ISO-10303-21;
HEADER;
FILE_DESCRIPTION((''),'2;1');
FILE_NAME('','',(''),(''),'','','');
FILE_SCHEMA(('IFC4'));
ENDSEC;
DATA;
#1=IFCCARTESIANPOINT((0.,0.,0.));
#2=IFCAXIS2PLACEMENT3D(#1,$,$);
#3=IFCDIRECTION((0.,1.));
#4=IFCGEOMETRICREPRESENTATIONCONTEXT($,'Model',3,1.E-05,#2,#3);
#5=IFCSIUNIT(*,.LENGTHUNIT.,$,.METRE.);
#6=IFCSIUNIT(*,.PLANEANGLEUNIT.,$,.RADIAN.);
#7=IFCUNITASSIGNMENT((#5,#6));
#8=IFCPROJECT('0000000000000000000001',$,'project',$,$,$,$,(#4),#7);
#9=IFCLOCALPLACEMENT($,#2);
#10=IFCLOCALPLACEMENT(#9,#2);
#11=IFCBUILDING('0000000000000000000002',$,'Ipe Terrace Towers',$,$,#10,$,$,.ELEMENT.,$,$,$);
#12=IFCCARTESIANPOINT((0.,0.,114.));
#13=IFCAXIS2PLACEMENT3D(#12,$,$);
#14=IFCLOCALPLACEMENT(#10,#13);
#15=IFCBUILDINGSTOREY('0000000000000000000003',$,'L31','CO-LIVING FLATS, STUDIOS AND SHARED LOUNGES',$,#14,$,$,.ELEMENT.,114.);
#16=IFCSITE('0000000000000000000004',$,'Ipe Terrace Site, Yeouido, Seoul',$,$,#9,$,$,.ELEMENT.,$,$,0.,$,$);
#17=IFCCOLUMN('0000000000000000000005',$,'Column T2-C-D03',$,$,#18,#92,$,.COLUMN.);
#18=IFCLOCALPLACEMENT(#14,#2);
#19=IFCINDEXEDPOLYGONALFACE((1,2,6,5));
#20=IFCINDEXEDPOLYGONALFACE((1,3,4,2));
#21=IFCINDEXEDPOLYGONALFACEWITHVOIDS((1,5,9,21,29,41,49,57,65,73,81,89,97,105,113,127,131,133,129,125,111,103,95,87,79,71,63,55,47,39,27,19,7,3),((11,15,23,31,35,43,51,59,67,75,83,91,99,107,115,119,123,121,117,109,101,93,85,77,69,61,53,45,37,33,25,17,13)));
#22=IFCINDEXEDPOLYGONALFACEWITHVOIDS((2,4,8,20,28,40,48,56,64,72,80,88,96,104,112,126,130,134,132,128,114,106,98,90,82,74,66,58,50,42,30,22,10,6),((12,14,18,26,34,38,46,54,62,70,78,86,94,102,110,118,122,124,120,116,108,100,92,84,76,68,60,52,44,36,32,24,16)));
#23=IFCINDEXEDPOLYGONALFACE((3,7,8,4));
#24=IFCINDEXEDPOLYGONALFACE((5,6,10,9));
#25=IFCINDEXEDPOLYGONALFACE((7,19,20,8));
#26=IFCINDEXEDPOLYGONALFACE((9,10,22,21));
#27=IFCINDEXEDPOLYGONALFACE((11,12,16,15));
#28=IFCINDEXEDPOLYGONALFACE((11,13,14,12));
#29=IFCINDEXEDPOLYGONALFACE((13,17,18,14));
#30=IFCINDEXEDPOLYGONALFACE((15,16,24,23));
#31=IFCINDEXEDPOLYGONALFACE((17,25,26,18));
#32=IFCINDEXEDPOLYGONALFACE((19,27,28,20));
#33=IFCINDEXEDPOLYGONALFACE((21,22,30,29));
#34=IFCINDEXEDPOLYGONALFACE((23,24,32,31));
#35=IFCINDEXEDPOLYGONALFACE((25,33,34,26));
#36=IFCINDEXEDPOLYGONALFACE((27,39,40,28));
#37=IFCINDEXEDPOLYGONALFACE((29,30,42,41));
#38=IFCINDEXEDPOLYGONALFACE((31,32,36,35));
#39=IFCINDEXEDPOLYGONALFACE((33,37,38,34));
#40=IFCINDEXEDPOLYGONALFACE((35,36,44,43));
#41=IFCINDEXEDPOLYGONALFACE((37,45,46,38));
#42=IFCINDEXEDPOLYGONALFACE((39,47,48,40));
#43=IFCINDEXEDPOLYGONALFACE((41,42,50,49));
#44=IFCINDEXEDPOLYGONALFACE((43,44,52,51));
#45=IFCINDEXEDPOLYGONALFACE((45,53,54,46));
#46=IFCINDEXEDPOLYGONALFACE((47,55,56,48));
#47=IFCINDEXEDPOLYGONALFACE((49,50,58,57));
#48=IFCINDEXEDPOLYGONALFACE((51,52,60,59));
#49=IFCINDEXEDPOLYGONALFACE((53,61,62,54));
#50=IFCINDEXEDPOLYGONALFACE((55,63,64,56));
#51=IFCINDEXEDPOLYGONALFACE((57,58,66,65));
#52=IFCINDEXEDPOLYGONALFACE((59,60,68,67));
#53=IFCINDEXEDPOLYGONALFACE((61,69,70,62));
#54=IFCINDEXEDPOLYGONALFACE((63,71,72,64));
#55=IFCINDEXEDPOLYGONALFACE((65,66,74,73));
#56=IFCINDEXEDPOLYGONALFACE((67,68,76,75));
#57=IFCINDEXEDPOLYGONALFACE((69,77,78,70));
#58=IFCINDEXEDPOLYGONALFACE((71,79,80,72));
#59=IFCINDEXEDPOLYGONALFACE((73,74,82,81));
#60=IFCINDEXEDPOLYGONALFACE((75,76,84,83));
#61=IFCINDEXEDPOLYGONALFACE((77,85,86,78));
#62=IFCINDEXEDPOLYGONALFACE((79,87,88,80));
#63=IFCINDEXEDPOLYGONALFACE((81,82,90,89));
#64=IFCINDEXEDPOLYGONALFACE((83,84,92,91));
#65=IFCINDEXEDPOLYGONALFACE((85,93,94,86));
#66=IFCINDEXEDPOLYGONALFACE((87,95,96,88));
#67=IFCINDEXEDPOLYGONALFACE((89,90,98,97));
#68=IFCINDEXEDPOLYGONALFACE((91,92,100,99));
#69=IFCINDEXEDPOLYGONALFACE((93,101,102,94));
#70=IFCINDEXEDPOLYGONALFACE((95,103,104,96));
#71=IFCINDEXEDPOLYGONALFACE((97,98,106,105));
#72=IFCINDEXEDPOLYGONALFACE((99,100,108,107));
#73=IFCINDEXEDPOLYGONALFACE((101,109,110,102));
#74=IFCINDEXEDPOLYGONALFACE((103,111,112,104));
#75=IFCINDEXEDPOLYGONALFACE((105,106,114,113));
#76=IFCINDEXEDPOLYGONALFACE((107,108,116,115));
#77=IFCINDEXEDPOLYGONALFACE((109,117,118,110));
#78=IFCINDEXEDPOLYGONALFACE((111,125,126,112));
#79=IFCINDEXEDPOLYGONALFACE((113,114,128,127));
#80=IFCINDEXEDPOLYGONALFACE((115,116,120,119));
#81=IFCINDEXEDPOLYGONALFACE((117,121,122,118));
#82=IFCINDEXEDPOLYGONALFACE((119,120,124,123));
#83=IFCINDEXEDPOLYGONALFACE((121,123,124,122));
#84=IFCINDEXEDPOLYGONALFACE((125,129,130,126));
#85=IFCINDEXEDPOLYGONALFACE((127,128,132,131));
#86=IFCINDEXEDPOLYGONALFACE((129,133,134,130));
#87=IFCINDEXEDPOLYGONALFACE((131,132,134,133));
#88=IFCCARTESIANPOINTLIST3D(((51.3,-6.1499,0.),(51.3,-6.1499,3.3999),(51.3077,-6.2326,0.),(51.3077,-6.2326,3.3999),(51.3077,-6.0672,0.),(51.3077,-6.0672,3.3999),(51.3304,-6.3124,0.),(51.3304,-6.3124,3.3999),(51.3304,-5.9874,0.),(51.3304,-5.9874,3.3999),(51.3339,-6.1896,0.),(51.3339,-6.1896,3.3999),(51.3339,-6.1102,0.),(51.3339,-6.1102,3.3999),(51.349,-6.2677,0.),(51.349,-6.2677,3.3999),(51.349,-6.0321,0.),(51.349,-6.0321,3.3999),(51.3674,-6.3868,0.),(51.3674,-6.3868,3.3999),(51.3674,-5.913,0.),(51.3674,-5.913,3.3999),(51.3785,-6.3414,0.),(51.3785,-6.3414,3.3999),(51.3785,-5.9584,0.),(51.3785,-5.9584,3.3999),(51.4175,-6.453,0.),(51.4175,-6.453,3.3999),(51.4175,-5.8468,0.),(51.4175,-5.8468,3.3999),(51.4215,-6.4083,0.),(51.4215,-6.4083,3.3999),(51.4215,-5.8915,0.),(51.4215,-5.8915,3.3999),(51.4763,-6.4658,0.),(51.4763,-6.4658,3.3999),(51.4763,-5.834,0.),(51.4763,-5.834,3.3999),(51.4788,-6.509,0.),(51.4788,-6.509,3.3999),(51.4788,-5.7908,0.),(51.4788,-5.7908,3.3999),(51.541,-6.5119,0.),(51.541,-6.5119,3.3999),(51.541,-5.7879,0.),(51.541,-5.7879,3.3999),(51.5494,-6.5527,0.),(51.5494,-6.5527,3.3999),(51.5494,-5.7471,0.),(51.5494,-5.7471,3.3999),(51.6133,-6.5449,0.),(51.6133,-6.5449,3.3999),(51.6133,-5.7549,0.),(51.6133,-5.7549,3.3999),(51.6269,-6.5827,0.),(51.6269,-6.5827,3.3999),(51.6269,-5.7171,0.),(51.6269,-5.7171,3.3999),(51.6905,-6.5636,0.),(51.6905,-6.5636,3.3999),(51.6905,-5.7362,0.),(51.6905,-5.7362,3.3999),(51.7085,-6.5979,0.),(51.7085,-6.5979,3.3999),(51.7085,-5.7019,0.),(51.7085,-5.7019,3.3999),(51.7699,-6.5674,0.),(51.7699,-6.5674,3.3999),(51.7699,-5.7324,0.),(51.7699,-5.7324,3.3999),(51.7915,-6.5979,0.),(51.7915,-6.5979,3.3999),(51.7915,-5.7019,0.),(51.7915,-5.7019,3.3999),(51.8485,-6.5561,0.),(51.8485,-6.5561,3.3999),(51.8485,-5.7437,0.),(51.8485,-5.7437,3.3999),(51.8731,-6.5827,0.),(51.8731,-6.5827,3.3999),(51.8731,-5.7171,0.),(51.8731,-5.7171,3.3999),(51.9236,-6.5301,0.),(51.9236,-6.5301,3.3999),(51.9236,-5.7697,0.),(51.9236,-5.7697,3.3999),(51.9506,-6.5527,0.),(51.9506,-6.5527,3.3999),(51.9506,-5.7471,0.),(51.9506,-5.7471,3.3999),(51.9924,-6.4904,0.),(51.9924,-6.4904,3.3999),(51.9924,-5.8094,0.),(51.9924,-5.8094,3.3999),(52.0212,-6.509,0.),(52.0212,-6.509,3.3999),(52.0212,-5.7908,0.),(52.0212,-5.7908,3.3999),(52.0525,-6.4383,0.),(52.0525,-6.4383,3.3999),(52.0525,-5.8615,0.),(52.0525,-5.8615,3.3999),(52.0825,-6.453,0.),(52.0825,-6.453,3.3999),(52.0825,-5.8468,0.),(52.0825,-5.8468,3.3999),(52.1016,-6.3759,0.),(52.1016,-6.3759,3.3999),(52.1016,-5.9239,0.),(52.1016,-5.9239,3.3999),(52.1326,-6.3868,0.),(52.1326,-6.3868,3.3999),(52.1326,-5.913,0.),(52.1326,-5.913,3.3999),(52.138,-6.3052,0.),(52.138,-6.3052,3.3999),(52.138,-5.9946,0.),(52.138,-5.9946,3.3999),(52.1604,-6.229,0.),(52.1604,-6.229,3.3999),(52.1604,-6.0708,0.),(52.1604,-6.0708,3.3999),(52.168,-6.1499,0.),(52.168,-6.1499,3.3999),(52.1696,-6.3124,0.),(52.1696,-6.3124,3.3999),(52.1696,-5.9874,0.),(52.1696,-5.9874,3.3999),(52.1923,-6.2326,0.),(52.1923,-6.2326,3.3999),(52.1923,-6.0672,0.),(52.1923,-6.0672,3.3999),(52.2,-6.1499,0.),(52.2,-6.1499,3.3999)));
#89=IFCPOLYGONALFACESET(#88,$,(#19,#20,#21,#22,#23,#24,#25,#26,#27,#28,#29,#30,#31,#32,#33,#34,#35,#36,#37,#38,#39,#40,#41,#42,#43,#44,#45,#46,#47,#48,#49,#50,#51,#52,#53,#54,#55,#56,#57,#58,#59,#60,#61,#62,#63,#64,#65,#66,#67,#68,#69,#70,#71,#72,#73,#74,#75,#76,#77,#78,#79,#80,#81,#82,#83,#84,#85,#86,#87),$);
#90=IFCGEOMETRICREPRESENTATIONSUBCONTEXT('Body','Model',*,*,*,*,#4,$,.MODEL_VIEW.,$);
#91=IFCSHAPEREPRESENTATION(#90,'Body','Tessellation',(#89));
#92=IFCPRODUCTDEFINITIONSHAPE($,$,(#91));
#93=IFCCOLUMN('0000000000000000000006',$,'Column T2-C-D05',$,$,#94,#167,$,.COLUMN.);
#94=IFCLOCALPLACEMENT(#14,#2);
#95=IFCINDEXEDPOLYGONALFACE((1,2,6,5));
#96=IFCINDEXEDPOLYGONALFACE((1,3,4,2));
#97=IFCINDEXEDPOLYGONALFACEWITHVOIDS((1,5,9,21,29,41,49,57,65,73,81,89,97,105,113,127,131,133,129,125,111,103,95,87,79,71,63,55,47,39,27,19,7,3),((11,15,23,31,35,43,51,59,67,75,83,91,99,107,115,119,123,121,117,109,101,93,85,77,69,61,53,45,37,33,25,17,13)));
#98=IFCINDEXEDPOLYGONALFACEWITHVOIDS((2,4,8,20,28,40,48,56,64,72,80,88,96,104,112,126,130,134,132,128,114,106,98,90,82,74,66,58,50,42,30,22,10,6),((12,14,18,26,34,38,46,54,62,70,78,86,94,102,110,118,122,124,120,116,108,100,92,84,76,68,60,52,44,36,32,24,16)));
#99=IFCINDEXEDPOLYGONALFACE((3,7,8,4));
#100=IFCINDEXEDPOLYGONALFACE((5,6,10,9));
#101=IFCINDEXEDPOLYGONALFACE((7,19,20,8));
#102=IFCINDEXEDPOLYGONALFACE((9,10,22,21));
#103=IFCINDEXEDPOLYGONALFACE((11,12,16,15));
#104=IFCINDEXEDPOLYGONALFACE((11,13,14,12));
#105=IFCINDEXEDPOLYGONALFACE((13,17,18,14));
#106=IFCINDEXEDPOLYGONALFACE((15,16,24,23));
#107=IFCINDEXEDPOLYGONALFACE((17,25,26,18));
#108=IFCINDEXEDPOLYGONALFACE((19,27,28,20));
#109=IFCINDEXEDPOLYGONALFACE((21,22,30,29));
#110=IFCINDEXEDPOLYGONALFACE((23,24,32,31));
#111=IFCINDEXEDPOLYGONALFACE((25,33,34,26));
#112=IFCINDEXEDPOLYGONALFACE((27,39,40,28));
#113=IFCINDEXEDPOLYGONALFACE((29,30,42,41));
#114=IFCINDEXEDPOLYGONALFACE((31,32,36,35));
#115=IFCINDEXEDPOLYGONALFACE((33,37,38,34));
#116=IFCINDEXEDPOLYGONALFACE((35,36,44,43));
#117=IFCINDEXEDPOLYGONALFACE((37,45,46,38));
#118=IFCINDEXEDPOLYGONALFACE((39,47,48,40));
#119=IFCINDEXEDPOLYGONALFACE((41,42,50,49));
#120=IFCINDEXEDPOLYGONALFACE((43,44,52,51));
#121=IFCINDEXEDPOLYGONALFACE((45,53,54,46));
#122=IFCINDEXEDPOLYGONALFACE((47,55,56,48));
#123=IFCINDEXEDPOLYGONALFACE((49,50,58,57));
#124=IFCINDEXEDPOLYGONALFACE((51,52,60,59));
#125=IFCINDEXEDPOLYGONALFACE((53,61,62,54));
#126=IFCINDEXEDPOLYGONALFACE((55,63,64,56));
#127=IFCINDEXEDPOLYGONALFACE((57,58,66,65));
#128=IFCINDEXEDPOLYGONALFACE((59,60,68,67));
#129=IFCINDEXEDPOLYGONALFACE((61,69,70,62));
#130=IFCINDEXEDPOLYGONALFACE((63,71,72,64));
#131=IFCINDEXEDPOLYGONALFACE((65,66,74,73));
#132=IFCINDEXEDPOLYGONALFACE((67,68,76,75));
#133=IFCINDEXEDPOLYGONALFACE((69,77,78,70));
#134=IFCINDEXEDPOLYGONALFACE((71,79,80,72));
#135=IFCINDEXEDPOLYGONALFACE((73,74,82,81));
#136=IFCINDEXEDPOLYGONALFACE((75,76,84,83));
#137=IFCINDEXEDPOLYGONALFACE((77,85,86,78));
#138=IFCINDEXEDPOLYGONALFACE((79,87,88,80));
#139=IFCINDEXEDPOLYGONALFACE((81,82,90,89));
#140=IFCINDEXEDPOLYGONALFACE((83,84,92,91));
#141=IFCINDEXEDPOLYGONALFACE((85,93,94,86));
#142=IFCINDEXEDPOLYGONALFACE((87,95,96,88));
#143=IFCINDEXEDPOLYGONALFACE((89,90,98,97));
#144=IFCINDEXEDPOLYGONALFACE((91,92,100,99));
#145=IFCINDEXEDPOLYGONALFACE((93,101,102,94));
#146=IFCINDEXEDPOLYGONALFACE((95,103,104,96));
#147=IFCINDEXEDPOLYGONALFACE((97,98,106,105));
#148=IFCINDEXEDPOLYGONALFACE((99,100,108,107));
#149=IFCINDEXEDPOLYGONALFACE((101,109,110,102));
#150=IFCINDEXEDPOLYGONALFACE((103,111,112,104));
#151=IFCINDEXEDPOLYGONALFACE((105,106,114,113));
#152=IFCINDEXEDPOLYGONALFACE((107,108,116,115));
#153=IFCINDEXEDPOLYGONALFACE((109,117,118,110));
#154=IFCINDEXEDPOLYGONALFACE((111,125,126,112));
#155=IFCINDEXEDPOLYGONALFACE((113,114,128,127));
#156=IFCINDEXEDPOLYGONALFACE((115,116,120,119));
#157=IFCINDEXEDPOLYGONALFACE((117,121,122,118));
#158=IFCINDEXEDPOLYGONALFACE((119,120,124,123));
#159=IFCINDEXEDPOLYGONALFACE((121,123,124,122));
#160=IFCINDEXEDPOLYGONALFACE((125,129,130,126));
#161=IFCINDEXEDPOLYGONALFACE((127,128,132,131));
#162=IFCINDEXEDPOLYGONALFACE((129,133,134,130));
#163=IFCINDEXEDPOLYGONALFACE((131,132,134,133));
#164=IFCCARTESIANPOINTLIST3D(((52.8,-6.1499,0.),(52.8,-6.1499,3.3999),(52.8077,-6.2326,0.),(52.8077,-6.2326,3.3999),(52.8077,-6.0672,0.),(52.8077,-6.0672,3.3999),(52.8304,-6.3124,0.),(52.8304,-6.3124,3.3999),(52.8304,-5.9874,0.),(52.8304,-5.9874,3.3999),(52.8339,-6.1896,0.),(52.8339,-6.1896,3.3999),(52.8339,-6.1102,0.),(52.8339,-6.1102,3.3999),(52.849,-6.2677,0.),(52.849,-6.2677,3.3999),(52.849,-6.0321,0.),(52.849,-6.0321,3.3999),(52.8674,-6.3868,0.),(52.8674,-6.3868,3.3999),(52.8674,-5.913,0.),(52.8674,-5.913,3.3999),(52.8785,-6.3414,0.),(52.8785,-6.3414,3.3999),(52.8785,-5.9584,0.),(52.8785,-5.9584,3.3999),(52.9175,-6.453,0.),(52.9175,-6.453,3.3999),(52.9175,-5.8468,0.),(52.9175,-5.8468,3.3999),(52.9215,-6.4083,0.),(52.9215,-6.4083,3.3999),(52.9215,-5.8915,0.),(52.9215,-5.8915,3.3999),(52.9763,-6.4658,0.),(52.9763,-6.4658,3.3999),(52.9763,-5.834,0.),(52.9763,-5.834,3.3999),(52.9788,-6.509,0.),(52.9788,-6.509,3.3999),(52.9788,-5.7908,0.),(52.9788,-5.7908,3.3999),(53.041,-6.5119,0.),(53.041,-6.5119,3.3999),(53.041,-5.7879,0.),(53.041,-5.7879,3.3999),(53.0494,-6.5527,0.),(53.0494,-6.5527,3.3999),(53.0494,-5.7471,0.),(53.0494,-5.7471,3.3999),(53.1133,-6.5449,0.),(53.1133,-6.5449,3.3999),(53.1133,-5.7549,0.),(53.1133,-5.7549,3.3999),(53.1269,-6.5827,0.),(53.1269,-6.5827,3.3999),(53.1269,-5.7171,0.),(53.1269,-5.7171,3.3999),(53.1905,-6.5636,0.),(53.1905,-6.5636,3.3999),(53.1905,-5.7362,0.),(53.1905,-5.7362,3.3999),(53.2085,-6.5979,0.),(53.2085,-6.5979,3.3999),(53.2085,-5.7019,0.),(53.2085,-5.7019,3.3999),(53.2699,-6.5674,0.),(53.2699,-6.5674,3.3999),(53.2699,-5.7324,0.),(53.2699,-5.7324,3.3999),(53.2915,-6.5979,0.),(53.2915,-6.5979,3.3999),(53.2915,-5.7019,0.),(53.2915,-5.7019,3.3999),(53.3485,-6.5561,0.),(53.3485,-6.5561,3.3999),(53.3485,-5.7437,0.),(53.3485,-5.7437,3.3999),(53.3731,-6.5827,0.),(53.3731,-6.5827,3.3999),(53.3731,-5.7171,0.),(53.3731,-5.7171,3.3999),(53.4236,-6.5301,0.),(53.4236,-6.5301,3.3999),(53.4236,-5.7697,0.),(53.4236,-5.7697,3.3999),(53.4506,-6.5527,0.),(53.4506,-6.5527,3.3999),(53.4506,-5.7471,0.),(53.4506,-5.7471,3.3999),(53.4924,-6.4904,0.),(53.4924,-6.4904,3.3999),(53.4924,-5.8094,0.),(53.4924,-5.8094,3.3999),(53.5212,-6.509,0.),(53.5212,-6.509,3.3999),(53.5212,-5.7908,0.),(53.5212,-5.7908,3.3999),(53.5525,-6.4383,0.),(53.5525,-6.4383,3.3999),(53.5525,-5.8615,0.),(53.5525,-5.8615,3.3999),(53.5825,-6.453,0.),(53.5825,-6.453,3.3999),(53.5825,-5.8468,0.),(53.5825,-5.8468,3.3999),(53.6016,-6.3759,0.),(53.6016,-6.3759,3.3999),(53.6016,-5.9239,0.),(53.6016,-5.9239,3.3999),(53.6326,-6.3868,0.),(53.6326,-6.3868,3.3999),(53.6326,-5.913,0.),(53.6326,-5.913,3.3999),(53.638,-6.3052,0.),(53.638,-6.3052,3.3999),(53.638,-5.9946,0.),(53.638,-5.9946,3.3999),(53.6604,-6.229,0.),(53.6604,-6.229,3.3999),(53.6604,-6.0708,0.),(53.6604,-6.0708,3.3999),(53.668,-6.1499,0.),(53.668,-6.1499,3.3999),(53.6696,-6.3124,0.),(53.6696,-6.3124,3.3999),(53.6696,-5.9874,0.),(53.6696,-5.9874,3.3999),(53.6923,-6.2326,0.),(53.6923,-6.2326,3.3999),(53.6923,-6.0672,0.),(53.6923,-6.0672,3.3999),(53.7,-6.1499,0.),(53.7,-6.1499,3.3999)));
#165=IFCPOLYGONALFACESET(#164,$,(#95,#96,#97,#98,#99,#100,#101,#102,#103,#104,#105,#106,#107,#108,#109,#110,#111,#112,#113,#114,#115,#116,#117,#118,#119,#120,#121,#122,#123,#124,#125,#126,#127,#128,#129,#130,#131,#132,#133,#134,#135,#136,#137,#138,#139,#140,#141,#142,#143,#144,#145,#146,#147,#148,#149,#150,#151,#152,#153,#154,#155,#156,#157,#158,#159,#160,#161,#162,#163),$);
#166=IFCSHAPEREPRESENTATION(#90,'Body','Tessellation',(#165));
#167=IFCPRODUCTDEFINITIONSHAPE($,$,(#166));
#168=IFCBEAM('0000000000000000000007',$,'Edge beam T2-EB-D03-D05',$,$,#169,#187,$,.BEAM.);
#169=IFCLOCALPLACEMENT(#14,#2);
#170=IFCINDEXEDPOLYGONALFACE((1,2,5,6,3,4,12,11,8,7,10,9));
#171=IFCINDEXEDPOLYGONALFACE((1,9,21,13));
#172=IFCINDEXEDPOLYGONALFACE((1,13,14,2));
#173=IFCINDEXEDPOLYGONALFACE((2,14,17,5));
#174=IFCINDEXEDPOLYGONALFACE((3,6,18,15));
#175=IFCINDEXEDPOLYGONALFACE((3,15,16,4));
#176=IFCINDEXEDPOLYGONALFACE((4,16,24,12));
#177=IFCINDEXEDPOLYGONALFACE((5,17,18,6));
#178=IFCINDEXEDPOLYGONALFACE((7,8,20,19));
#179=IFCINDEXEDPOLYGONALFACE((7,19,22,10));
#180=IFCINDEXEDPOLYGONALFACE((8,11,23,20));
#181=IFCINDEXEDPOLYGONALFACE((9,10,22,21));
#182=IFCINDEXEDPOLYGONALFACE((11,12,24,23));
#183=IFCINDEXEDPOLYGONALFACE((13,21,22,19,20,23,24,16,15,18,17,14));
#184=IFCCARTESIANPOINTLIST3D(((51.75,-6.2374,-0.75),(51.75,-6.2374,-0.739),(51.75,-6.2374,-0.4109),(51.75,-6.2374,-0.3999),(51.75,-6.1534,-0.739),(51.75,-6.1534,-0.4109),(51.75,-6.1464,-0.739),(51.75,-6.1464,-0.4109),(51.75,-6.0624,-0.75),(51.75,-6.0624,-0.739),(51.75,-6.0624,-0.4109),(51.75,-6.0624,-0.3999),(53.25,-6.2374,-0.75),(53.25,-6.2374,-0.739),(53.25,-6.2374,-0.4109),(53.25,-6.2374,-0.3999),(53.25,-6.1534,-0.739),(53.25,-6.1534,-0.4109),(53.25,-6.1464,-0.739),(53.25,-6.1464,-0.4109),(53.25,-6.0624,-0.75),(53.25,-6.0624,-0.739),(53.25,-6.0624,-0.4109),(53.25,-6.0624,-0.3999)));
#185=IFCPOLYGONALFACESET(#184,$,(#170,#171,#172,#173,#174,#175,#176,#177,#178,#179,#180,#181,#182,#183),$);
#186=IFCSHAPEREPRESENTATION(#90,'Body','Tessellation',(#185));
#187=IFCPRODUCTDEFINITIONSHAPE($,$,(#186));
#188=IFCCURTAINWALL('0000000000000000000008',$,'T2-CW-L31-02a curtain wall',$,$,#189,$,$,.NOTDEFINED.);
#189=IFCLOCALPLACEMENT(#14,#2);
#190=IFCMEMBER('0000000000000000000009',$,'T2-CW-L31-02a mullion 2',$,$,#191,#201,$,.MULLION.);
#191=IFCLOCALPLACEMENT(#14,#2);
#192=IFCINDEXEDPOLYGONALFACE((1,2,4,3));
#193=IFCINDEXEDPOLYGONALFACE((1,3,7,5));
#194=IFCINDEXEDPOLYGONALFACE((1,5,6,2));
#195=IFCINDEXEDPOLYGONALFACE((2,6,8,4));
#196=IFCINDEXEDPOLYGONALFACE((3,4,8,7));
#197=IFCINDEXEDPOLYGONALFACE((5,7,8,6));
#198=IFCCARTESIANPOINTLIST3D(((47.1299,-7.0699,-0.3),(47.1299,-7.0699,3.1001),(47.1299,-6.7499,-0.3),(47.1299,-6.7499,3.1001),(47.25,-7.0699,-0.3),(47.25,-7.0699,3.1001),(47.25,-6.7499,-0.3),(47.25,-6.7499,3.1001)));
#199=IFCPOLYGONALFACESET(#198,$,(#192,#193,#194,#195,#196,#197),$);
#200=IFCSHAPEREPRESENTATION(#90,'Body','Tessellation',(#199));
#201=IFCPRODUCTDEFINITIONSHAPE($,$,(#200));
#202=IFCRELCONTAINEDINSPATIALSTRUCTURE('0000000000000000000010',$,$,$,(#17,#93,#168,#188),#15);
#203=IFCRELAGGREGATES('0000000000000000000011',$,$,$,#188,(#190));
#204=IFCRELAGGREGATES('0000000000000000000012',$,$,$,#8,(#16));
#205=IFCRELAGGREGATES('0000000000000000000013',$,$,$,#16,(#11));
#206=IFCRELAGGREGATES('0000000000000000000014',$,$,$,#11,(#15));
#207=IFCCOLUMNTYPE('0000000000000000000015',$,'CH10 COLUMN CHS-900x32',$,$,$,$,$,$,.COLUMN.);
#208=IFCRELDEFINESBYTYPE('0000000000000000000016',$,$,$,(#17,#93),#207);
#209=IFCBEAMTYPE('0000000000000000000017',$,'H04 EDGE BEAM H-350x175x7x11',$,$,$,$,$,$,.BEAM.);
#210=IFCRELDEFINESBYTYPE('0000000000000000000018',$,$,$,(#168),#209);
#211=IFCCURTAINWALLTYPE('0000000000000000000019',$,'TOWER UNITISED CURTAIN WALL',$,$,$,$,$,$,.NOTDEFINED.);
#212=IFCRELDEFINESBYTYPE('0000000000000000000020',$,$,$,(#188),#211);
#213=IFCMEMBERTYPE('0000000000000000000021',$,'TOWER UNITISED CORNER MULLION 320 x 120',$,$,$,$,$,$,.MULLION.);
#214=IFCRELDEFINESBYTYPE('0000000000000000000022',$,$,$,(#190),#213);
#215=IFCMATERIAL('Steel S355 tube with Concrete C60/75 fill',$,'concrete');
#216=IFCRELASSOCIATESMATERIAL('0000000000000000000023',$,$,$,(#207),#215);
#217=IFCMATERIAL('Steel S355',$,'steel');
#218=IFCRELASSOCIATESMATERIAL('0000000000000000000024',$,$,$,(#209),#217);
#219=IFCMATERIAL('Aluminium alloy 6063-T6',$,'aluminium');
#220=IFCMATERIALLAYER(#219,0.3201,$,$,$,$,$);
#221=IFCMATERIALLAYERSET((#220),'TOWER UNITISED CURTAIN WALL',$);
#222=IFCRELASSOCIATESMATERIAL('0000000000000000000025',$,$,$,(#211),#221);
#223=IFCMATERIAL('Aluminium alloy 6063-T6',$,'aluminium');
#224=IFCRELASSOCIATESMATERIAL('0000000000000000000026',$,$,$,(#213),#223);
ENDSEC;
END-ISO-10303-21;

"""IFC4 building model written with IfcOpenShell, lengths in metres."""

from ifc_helpers import new_model, si_unit, direction, frame, origin, origin_2d, place, context, subcontext, project, spatial, rectangle, hollow_circle, i_section, extrude, material, layer, layer_set, material_profile, profile_set, type_object, element, aggregate, save


model = new_model("IFC4")

# Units and contexts
model_context = context("Model", 3, precision=1e-05, world=origin(), true_north=direction((0.0, 1.0)))
body_context = subcontext(model_context, "Body", "Model", "MODEL_VIEW")
ifc_project = project(units=[si_unit("LENGTHUNIT", "METRE"), si_unit("PLANEANGLEUNIT", "RADIAN")], contexts=[model_context])

# Site, building, storey
site_placement = place(None, origin())
site = spatial("IfcSite", under=ifc_project, at=site_placement, Name="Ipe Terrace Site, Yeouido, Seoul", CompositionType="ELEMENT", RefElevation=0.0)
building_placement = place(site_placement, origin())
building = spatial("IfcBuilding", under=site, at=building_placement, Name="Ipe Terrace Towers", CompositionType="ELEMENT")
storey_placement = place(building_placement, frame((0.0, 0.0, 114.0)))
storey = spatial("IfcBuildingStorey", under=building, at=storey_placement, Name="L31", Description="CO-LIVING FLATS, STUDIOS AND SHARED LOUNGES", CompositionType="ELEMENT", Elevation=114.0)

# Columns
ifc_material_1 = material(Name="Steel S355 tube with Concrete C60/75 fill", Category="concrete")
ifc_material_profile_1 = material_profile(ifc_material_1, hollow_circle(Radius=0.45, WallThickness=0.032, at=origin_2d()), Name="CHS-900x32")
ifc_profile_set_1 = profile_set([ifc_material_profile_1], Name="Steel S355 tube with Concrete C60/75 fill")
column_type = type_object("IfcColumnType", Name="CH10 COLUMN CHS-900x32", PredefinedType="COLUMN", material=ifc_profile_set_1)
for number, where, z_axis, x_axis, name in (
    (1, (51.75, -6.1499, 0.0), (0.0, 0.0, 1.0), (1.0, 0.0, 0.0), "Column T2-C-D03"),
    (2, (53.25, -6.1499, 0.0), (0.0, 0.0, 1.0), (1.0, 0.0, 0.0), "Column T2-C-D05"),
):
    element("IfcColumn", number, at=place(storey_placement, frame(where, z_axis=z_axis, x_axis=x_axis)), inside=storey, type_object=column_type, Name=name, PredefinedType="COLUMN", context=body_context, shape_type="SweptSolid", body=[
        extrude(hollow_circle(Radius=0.45, WallThickness=0.032, at=origin_2d()), origin(), (0.0, 0.0, 1.0), 3.3999),
    ])

# Beam
ifc_material_2 = material(Name="Steel S355", Category="steel")
ifc_material_profile_2 = material_profile(ifc_material_2, i_section(OverallWidth=0.175, OverallDepth=0.3501, WebThickness=0.0071, FlangeThickness=0.011, at=origin_2d()), Name="H-350x175x7x11")
ifc_profile_set_2 = profile_set([ifc_material_profile_2], Name="Steel S355")
beam_type = type_object("IfcBeamType", Name="H04 EDGE BEAM H-350x175x7x11", PredefinedType="BEAM", material=ifc_profile_set_2)
beam_placement = place(storey_placement, frame((51.75, -6.1499, -0.575), z_axis=(1.0, 0.0, 0.0), x_axis=(0.0, 1.0, 0.0)))
element("IfcBeam", 3, at=beam_placement, inside=storey, type_object=beam_type, Name="Edge beam T2-EB-D03-D05", PredefinedType="BEAM", context=body_context, shape_type="SweptSolid", body=[
    extrude(i_section(OverallWidth=0.175, OverallDepth=0.3501, WebThickness=0.0071, FlangeThickness=0.011, at=origin_2d()), origin(), (0.0, 0.0, 1.0), 1.5),
])

# Curtain wall, member
ifc_material_3 = material(Name="Aluminium alloy 6063-T6", Category="aluminium")
ifc_layer_1 = layer(ifc_material_3, 0.3201)
ifc_layer_set_1 = layer_set([ifc_layer_1], Name="TOWER UNITISED CURTAIN WALL")
curtain_wall_type = type_object("IfcCurtainWallType", Name="TOWER UNITISED CURTAIN WALL", PredefinedType="NOTDEFINED", material=ifc_layer_set_1)
curtain_wall_1_placement = place(storey_placement, origin())
curtain_wall_1 = element("IfcCurtainWall", 4, at=curtain_wall_1_placement, inside=storey, type_object=curtain_wall_type, Name="T2-CW-L31-02a curtain wall", PredefinedType="NOTDEFINED")
ifc_material_4 = material(Name="Aluminium alloy 6063-T6", Category="aluminium")
ifc_material_profile_3 = material_profile(ifc_material_4, rectangle(XDim=0.3201, YDim=0.1201, at=origin_2d()), Name="TOWER UNITISED CORNER MULLION 320 x 120")
ifc_profile_set_3 = profile_set([ifc_material_profile_3], Name="Aluminium alloy 6063-T6")
member_type_1 = type_object("IfcMemberType", Name="TOWER UNITISED CORNER MULLION 320 x 120", PredefinedType="MULLION", material=ifc_profile_set_3)
member_1_placement = place(storey_placement, frame((47.1899, -6.9099, -0.3), z_axis=(0.0, 0.0, 1.0), x_axis=(0.0, -1.0, 0.0)))
member_1 = element("IfcMember", 5, at=member_1_placement, type_object=member_type_1, Name="T2-CW-L31-02a mullion 2", PredefinedType="MULLION", context=body_context, shape_type="SweptSolid", body=[
    extrude(rectangle(XDim=0.3201, YDim=0.1201, at=origin_2d()), origin(), (0.0, 0.0, 1.0), 3.4001),
])

aggregate(curtain_wall_1, [member_1])

save(model, "model.ifc")
